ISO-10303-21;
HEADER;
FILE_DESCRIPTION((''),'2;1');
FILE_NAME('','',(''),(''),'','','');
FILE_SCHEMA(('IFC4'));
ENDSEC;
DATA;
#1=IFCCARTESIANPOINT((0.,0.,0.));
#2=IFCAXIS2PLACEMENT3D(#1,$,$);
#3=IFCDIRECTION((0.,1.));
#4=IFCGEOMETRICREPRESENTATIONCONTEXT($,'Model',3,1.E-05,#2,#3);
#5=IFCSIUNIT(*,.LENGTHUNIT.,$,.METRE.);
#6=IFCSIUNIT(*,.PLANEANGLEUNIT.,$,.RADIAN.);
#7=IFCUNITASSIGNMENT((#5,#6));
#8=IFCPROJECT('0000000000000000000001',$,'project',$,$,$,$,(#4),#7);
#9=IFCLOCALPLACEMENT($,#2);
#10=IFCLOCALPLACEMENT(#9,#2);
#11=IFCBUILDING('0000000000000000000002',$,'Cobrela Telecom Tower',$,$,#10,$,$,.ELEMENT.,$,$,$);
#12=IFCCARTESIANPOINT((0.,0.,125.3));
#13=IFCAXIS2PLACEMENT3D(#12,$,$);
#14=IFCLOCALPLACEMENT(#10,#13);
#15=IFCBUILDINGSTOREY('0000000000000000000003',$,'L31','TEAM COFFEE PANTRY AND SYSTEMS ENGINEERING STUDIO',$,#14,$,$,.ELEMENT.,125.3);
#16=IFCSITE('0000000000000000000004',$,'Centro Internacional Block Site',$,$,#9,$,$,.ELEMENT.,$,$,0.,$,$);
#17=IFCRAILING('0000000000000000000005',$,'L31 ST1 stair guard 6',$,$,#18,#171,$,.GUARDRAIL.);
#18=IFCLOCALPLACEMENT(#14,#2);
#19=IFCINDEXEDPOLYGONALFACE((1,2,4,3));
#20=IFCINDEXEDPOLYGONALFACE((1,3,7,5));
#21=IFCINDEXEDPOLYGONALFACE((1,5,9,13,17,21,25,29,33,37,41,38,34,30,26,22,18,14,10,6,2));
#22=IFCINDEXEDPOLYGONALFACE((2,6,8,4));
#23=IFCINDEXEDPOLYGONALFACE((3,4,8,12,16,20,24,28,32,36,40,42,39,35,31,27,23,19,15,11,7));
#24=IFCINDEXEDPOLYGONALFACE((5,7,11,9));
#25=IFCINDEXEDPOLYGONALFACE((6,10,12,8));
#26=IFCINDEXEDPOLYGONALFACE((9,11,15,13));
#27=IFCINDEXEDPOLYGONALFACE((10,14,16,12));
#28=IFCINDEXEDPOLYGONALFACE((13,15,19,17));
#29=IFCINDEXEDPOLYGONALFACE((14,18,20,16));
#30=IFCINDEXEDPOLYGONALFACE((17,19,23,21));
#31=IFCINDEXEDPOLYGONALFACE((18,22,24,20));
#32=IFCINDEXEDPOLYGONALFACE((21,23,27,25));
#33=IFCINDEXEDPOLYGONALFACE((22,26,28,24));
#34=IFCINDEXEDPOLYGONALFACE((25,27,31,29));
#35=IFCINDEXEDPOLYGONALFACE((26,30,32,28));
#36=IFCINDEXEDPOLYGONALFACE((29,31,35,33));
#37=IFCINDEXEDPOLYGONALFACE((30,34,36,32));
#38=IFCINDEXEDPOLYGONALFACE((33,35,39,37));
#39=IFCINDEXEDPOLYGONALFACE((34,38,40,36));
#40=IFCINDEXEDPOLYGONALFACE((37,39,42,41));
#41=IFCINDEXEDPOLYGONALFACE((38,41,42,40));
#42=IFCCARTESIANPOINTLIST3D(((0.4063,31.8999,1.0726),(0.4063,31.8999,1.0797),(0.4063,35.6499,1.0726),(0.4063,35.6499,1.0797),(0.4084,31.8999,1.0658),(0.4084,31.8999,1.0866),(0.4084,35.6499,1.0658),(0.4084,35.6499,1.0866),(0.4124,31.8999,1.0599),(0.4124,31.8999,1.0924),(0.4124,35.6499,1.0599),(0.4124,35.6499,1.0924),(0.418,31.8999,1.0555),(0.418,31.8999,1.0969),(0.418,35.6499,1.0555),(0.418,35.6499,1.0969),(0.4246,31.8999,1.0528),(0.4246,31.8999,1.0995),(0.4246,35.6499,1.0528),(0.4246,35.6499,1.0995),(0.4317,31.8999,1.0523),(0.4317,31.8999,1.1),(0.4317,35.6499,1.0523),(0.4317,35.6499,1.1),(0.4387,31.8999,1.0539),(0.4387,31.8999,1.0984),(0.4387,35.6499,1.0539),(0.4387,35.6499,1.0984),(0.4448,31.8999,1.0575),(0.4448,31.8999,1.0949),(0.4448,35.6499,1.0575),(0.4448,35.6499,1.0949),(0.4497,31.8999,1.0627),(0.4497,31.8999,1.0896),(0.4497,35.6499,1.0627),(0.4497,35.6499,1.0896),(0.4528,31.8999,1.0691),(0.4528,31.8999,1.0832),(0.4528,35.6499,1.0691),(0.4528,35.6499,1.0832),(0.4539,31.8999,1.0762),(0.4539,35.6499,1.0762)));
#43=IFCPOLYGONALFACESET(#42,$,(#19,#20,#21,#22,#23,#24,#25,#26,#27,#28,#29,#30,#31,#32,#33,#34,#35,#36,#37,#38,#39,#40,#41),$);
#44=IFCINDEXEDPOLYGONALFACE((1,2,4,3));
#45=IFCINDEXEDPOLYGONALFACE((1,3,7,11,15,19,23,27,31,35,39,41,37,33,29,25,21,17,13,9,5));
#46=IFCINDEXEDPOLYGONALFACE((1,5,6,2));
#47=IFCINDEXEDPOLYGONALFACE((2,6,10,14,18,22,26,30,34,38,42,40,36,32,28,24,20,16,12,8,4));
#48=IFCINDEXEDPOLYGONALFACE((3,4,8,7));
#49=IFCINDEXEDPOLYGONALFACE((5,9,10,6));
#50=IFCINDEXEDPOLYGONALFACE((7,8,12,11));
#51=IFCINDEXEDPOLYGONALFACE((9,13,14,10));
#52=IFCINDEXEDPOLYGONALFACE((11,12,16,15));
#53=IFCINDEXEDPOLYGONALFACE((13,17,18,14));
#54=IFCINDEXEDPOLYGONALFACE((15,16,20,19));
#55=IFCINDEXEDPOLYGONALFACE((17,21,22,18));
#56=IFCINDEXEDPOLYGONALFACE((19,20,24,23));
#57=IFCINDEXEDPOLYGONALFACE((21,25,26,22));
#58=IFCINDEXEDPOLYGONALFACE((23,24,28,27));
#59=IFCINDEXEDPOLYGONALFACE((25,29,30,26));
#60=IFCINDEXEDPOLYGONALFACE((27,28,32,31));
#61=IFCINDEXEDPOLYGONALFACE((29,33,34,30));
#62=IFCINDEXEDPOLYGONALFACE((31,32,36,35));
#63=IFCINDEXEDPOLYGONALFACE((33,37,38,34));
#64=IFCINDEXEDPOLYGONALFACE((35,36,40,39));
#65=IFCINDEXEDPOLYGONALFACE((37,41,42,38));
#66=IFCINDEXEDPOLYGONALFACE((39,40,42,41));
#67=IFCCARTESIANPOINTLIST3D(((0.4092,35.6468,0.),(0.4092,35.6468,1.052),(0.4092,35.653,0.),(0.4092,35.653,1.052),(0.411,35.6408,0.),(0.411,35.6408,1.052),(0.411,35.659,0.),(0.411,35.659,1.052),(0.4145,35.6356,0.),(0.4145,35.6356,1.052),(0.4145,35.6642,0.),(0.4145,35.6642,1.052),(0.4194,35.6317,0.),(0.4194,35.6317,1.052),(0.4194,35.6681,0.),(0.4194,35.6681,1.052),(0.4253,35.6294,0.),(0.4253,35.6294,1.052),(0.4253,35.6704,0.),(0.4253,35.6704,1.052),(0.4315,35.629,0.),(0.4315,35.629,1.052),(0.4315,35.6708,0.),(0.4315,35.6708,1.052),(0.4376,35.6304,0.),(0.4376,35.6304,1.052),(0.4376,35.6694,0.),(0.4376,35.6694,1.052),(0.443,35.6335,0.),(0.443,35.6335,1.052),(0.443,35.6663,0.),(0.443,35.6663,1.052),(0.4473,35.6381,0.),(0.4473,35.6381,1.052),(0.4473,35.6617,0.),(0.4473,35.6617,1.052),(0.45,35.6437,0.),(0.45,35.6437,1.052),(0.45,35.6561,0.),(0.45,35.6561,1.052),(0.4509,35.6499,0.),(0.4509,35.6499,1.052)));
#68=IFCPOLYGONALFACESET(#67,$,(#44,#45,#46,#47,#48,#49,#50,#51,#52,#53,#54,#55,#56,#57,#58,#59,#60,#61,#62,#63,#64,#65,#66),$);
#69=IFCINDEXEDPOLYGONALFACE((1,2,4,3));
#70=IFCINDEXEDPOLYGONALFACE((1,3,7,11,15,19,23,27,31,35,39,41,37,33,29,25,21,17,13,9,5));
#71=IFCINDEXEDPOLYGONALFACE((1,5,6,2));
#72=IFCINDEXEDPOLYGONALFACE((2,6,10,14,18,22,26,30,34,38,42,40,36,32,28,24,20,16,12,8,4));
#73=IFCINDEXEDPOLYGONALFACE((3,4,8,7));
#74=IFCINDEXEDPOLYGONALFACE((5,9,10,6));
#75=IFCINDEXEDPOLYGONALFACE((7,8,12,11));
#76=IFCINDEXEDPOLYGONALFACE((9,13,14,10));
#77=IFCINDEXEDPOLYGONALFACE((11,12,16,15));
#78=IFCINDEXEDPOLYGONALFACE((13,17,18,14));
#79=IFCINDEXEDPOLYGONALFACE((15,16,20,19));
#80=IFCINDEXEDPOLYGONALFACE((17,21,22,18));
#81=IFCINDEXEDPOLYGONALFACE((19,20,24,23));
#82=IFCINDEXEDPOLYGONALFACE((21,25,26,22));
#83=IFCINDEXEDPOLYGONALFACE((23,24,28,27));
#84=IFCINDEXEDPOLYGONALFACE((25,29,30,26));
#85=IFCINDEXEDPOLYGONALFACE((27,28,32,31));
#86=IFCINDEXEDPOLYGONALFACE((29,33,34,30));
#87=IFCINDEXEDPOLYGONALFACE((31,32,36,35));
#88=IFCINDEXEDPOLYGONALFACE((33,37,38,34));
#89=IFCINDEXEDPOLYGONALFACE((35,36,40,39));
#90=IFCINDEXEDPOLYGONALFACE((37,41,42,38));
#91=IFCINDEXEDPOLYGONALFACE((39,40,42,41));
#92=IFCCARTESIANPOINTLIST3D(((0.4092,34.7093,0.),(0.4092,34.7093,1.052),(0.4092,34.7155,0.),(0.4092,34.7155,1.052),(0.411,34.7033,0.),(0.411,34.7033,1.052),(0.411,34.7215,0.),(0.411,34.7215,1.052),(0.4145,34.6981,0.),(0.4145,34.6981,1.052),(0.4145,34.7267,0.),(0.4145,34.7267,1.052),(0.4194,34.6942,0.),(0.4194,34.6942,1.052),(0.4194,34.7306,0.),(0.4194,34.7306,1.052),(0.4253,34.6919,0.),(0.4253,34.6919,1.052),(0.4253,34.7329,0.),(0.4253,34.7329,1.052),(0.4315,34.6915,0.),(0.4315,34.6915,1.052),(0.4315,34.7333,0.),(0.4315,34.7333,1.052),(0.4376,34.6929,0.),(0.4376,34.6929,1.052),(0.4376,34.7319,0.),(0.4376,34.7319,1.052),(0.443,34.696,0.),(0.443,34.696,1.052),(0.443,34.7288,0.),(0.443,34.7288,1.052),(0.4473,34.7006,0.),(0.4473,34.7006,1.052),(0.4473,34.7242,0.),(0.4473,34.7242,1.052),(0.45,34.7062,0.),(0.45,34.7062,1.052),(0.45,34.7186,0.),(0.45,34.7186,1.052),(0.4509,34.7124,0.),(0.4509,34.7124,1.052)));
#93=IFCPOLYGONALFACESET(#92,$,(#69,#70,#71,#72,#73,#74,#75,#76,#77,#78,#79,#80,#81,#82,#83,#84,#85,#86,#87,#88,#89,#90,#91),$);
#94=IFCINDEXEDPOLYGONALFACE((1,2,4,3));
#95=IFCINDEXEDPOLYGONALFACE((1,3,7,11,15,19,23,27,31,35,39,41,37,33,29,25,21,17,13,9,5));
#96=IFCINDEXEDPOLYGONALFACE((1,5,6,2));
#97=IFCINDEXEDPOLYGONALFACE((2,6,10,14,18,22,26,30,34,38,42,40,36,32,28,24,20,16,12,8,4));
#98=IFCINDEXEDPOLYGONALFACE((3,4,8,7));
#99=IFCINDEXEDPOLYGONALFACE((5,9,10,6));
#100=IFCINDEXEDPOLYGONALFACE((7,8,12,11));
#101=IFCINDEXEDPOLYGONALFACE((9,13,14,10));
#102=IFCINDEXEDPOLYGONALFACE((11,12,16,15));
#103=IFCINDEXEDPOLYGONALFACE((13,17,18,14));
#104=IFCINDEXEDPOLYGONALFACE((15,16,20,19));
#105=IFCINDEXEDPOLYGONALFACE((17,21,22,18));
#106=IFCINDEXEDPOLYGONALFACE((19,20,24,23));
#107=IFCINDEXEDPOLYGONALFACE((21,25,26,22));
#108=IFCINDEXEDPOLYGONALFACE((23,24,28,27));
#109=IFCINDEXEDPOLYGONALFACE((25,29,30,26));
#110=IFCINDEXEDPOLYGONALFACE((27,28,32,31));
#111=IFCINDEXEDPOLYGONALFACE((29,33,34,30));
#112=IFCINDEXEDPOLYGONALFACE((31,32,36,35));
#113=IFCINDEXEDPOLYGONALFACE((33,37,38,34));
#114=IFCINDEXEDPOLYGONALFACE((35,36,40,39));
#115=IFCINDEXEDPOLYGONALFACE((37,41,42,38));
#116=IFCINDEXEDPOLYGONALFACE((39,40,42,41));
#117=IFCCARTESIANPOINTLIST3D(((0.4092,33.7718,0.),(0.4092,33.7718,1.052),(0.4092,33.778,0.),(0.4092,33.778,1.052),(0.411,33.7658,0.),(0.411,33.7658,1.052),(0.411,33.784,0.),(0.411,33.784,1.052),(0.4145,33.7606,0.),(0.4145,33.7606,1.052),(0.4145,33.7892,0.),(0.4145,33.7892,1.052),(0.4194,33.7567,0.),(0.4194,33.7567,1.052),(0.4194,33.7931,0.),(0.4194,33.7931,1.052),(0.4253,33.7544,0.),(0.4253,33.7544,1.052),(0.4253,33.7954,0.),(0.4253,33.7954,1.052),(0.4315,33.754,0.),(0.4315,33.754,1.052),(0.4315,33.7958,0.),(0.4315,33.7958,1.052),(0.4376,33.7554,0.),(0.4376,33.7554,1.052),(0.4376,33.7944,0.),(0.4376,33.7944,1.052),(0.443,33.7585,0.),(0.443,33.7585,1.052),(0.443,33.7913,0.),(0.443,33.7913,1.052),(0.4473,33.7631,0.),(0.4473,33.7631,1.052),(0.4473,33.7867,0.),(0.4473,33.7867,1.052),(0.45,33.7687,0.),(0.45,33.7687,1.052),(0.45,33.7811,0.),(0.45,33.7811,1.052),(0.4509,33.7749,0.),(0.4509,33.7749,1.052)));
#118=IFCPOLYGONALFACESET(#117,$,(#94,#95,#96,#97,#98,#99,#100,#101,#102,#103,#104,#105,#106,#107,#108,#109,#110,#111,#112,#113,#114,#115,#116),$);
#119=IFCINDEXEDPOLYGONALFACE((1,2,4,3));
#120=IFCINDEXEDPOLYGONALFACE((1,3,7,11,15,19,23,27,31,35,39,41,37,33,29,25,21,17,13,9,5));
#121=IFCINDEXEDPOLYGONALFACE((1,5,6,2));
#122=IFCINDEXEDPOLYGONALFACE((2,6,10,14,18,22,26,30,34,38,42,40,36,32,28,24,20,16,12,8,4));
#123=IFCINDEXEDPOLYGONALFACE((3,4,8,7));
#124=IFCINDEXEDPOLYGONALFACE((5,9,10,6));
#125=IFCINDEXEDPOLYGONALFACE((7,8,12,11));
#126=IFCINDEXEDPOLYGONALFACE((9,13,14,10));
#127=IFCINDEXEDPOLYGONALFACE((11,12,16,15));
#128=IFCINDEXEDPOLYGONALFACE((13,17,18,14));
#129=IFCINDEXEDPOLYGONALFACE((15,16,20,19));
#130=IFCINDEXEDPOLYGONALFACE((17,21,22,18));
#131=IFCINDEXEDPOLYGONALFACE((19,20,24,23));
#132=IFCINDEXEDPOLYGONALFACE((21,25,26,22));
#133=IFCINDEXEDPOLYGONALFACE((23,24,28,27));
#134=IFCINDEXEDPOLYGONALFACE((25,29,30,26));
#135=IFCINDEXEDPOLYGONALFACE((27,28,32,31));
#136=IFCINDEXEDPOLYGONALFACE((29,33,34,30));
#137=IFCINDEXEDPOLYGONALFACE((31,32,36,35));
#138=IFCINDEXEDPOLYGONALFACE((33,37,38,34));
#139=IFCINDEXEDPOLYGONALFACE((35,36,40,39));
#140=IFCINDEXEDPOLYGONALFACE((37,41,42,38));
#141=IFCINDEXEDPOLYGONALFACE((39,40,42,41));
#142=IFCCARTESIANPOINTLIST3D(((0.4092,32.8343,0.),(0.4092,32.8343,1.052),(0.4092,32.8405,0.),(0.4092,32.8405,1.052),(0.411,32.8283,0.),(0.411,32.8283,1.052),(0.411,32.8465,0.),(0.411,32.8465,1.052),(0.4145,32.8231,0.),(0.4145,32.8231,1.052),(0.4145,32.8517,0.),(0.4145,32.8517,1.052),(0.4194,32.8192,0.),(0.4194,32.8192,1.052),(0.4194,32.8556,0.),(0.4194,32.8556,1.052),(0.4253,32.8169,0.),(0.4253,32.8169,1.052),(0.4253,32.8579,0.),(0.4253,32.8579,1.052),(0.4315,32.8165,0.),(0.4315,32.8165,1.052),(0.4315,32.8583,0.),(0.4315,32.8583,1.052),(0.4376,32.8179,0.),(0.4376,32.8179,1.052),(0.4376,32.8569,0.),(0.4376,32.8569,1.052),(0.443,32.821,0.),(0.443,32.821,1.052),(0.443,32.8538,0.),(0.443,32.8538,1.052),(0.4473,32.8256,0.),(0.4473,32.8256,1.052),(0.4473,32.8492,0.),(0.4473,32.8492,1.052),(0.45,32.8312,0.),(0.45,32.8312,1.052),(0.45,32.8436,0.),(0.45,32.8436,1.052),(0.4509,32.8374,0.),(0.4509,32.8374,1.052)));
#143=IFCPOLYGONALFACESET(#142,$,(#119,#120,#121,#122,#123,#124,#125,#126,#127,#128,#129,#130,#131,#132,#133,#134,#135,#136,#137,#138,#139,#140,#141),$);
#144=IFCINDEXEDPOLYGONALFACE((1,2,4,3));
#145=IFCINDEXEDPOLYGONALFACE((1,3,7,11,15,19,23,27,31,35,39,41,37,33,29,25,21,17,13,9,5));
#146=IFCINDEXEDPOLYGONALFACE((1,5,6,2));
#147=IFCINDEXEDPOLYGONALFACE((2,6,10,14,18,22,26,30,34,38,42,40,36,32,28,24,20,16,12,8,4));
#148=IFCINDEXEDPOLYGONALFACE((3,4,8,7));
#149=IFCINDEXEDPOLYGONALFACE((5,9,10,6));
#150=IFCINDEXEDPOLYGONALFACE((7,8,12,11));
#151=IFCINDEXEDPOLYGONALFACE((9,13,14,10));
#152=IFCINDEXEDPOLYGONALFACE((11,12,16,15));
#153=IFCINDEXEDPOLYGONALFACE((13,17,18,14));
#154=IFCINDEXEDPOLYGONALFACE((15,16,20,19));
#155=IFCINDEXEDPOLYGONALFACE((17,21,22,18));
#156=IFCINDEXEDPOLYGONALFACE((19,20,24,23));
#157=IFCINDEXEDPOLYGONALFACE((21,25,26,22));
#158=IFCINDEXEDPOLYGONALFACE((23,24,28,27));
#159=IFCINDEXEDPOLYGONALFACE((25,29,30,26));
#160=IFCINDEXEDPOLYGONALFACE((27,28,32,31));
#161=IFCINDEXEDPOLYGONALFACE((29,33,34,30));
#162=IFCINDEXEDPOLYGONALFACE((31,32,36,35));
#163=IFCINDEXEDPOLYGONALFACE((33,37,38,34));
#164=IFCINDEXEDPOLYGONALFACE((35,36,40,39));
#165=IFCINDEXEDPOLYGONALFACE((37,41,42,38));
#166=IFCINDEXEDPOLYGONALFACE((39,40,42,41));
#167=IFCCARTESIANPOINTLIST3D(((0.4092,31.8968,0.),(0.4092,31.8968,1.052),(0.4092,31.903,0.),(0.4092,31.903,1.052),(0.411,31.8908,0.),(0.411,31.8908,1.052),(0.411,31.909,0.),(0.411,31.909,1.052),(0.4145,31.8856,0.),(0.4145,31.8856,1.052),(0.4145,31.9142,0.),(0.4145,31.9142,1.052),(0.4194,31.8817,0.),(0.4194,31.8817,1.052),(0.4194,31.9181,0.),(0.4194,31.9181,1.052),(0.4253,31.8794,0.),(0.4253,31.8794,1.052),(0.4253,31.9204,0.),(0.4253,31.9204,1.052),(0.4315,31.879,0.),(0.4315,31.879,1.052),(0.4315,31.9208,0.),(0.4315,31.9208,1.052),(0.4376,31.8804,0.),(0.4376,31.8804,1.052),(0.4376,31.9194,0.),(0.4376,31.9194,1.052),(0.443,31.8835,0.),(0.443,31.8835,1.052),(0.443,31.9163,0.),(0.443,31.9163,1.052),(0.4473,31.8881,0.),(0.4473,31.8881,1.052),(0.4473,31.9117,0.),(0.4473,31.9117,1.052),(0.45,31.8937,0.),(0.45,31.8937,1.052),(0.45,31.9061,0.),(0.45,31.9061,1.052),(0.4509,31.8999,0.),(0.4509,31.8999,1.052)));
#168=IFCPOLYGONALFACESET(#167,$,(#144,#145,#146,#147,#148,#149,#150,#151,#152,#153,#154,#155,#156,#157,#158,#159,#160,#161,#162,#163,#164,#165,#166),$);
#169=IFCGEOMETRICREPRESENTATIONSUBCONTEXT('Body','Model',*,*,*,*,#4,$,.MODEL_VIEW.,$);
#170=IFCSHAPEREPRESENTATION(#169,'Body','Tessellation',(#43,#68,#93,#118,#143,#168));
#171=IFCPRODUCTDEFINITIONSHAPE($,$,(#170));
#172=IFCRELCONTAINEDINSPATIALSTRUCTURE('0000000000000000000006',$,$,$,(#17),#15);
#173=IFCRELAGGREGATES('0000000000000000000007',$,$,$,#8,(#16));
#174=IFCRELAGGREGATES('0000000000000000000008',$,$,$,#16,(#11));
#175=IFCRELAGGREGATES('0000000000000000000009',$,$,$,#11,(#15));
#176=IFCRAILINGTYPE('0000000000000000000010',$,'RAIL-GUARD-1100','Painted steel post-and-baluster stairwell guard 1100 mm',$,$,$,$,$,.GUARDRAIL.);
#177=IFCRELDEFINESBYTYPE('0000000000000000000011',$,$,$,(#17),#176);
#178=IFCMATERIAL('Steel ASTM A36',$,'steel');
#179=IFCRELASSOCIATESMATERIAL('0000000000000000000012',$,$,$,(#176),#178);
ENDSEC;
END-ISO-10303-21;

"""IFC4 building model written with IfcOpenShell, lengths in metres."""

from ifc_helpers import new_model, si_unit, direction, frame, origin, origin_2d, place, context, subcontext, project, spatial, circle, extrude, material, type_object, element, save


model = new_model("IFC4")

# Units and contexts
model_context = context("Model", 3, precision=1e-05, world=origin(), true_north=direction((0.0, 1.0)))
body_context = subcontext(model_context, "Body", "Model", "MODEL_VIEW")
ifc_project = project(units=[si_unit("LENGTHUNIT", "METRE"), si_unit("PLANEANGLEUNIT", "RADIAN")], contexts=[model_context])

# Site, building, storey
site_placement = place(None, origin())
site = spatial("IfcSite", under=ifc_project, at=site_placement, Name="Centro Internacional Block Site", CompositionType="ELEMENT", RefElevation=0.0)
building_placement = place(site_placement, origin())
building = spatial("IfcBuilding", under=site, at=building_placement, Name="Cobrela Telecom Tower", CompositionType="ELEMENT")
storey_placement = place(building_placement, frame((0.0, 0.0, 125.3)))
storey = spatial("IfcBuildingStorey", under=building, at=storey_placement, Name="L31", Description="TEAM COFFEE PANTRY AND SYSTEMS ENGINEERING STUDIO", CompositionType="ELEMENT", Elevation=125.3)

# Shared definitions
ifc_material_1 = material(Name="Steel ASTM A36", Category="steel")

# Railing
railing_type_1 = type_object("IfcRailingType", Name="RAIL-GUARD-1100", Description="Painted steel post-and-baluster stairwell guard 1100 mm", PredefinedType="GUARDRAIL", material=ifc_material_1)
railing_1_placement = place(storey_placement, frame((0.4299, 35.6499, 0.0)))
element("IfcRailing", 1, at=railing_1_placement, inside=storey, type_object=railing_type_1, Name="L31 ST1 stair guard 6", PredefinedType="GUARDRAIL", context=body_context, shape_type="SweptSolid", body=[
    extrude(circle(Radius=0.0239, at=origin_2d()), frame((0.0, 0.0, 1.0762), z_axis=(0.0, -1.0, 0.0), x_axis=(1.0, 0.0, 0.0)), (0.0, 0.0, 1.0), 3.75),
    extrude(circle(Radius=0.021, at=origin_2d()), origin(), (0.0, 0.0, 1.0), 1.052),
    extrude(circle(Radius=0.021, at=origin_2d()), frame((0.0, -0.9375, 0.0)), (0.0, 0.0, 1.0), 1.052),
    extrude(circle(Radius=0.021, at=origin_2d()), frame((0.0, -1.875, 0.0)), (0.0, 0.0, 1.0), 1.052),
    extrude(circle(Radius=0.021, at=origin_2d()), frame((0.0, -2.8125, 0.0)), (0.0, 0.0, 1.0), 1.052),
    extrude(circle(Radius=0.021, at=origin_2d()), frame((0.0, -3.75, 0.0)), (0.0, 0.0, 1.0), 1.052),
])

save(model, "model.ifc")
